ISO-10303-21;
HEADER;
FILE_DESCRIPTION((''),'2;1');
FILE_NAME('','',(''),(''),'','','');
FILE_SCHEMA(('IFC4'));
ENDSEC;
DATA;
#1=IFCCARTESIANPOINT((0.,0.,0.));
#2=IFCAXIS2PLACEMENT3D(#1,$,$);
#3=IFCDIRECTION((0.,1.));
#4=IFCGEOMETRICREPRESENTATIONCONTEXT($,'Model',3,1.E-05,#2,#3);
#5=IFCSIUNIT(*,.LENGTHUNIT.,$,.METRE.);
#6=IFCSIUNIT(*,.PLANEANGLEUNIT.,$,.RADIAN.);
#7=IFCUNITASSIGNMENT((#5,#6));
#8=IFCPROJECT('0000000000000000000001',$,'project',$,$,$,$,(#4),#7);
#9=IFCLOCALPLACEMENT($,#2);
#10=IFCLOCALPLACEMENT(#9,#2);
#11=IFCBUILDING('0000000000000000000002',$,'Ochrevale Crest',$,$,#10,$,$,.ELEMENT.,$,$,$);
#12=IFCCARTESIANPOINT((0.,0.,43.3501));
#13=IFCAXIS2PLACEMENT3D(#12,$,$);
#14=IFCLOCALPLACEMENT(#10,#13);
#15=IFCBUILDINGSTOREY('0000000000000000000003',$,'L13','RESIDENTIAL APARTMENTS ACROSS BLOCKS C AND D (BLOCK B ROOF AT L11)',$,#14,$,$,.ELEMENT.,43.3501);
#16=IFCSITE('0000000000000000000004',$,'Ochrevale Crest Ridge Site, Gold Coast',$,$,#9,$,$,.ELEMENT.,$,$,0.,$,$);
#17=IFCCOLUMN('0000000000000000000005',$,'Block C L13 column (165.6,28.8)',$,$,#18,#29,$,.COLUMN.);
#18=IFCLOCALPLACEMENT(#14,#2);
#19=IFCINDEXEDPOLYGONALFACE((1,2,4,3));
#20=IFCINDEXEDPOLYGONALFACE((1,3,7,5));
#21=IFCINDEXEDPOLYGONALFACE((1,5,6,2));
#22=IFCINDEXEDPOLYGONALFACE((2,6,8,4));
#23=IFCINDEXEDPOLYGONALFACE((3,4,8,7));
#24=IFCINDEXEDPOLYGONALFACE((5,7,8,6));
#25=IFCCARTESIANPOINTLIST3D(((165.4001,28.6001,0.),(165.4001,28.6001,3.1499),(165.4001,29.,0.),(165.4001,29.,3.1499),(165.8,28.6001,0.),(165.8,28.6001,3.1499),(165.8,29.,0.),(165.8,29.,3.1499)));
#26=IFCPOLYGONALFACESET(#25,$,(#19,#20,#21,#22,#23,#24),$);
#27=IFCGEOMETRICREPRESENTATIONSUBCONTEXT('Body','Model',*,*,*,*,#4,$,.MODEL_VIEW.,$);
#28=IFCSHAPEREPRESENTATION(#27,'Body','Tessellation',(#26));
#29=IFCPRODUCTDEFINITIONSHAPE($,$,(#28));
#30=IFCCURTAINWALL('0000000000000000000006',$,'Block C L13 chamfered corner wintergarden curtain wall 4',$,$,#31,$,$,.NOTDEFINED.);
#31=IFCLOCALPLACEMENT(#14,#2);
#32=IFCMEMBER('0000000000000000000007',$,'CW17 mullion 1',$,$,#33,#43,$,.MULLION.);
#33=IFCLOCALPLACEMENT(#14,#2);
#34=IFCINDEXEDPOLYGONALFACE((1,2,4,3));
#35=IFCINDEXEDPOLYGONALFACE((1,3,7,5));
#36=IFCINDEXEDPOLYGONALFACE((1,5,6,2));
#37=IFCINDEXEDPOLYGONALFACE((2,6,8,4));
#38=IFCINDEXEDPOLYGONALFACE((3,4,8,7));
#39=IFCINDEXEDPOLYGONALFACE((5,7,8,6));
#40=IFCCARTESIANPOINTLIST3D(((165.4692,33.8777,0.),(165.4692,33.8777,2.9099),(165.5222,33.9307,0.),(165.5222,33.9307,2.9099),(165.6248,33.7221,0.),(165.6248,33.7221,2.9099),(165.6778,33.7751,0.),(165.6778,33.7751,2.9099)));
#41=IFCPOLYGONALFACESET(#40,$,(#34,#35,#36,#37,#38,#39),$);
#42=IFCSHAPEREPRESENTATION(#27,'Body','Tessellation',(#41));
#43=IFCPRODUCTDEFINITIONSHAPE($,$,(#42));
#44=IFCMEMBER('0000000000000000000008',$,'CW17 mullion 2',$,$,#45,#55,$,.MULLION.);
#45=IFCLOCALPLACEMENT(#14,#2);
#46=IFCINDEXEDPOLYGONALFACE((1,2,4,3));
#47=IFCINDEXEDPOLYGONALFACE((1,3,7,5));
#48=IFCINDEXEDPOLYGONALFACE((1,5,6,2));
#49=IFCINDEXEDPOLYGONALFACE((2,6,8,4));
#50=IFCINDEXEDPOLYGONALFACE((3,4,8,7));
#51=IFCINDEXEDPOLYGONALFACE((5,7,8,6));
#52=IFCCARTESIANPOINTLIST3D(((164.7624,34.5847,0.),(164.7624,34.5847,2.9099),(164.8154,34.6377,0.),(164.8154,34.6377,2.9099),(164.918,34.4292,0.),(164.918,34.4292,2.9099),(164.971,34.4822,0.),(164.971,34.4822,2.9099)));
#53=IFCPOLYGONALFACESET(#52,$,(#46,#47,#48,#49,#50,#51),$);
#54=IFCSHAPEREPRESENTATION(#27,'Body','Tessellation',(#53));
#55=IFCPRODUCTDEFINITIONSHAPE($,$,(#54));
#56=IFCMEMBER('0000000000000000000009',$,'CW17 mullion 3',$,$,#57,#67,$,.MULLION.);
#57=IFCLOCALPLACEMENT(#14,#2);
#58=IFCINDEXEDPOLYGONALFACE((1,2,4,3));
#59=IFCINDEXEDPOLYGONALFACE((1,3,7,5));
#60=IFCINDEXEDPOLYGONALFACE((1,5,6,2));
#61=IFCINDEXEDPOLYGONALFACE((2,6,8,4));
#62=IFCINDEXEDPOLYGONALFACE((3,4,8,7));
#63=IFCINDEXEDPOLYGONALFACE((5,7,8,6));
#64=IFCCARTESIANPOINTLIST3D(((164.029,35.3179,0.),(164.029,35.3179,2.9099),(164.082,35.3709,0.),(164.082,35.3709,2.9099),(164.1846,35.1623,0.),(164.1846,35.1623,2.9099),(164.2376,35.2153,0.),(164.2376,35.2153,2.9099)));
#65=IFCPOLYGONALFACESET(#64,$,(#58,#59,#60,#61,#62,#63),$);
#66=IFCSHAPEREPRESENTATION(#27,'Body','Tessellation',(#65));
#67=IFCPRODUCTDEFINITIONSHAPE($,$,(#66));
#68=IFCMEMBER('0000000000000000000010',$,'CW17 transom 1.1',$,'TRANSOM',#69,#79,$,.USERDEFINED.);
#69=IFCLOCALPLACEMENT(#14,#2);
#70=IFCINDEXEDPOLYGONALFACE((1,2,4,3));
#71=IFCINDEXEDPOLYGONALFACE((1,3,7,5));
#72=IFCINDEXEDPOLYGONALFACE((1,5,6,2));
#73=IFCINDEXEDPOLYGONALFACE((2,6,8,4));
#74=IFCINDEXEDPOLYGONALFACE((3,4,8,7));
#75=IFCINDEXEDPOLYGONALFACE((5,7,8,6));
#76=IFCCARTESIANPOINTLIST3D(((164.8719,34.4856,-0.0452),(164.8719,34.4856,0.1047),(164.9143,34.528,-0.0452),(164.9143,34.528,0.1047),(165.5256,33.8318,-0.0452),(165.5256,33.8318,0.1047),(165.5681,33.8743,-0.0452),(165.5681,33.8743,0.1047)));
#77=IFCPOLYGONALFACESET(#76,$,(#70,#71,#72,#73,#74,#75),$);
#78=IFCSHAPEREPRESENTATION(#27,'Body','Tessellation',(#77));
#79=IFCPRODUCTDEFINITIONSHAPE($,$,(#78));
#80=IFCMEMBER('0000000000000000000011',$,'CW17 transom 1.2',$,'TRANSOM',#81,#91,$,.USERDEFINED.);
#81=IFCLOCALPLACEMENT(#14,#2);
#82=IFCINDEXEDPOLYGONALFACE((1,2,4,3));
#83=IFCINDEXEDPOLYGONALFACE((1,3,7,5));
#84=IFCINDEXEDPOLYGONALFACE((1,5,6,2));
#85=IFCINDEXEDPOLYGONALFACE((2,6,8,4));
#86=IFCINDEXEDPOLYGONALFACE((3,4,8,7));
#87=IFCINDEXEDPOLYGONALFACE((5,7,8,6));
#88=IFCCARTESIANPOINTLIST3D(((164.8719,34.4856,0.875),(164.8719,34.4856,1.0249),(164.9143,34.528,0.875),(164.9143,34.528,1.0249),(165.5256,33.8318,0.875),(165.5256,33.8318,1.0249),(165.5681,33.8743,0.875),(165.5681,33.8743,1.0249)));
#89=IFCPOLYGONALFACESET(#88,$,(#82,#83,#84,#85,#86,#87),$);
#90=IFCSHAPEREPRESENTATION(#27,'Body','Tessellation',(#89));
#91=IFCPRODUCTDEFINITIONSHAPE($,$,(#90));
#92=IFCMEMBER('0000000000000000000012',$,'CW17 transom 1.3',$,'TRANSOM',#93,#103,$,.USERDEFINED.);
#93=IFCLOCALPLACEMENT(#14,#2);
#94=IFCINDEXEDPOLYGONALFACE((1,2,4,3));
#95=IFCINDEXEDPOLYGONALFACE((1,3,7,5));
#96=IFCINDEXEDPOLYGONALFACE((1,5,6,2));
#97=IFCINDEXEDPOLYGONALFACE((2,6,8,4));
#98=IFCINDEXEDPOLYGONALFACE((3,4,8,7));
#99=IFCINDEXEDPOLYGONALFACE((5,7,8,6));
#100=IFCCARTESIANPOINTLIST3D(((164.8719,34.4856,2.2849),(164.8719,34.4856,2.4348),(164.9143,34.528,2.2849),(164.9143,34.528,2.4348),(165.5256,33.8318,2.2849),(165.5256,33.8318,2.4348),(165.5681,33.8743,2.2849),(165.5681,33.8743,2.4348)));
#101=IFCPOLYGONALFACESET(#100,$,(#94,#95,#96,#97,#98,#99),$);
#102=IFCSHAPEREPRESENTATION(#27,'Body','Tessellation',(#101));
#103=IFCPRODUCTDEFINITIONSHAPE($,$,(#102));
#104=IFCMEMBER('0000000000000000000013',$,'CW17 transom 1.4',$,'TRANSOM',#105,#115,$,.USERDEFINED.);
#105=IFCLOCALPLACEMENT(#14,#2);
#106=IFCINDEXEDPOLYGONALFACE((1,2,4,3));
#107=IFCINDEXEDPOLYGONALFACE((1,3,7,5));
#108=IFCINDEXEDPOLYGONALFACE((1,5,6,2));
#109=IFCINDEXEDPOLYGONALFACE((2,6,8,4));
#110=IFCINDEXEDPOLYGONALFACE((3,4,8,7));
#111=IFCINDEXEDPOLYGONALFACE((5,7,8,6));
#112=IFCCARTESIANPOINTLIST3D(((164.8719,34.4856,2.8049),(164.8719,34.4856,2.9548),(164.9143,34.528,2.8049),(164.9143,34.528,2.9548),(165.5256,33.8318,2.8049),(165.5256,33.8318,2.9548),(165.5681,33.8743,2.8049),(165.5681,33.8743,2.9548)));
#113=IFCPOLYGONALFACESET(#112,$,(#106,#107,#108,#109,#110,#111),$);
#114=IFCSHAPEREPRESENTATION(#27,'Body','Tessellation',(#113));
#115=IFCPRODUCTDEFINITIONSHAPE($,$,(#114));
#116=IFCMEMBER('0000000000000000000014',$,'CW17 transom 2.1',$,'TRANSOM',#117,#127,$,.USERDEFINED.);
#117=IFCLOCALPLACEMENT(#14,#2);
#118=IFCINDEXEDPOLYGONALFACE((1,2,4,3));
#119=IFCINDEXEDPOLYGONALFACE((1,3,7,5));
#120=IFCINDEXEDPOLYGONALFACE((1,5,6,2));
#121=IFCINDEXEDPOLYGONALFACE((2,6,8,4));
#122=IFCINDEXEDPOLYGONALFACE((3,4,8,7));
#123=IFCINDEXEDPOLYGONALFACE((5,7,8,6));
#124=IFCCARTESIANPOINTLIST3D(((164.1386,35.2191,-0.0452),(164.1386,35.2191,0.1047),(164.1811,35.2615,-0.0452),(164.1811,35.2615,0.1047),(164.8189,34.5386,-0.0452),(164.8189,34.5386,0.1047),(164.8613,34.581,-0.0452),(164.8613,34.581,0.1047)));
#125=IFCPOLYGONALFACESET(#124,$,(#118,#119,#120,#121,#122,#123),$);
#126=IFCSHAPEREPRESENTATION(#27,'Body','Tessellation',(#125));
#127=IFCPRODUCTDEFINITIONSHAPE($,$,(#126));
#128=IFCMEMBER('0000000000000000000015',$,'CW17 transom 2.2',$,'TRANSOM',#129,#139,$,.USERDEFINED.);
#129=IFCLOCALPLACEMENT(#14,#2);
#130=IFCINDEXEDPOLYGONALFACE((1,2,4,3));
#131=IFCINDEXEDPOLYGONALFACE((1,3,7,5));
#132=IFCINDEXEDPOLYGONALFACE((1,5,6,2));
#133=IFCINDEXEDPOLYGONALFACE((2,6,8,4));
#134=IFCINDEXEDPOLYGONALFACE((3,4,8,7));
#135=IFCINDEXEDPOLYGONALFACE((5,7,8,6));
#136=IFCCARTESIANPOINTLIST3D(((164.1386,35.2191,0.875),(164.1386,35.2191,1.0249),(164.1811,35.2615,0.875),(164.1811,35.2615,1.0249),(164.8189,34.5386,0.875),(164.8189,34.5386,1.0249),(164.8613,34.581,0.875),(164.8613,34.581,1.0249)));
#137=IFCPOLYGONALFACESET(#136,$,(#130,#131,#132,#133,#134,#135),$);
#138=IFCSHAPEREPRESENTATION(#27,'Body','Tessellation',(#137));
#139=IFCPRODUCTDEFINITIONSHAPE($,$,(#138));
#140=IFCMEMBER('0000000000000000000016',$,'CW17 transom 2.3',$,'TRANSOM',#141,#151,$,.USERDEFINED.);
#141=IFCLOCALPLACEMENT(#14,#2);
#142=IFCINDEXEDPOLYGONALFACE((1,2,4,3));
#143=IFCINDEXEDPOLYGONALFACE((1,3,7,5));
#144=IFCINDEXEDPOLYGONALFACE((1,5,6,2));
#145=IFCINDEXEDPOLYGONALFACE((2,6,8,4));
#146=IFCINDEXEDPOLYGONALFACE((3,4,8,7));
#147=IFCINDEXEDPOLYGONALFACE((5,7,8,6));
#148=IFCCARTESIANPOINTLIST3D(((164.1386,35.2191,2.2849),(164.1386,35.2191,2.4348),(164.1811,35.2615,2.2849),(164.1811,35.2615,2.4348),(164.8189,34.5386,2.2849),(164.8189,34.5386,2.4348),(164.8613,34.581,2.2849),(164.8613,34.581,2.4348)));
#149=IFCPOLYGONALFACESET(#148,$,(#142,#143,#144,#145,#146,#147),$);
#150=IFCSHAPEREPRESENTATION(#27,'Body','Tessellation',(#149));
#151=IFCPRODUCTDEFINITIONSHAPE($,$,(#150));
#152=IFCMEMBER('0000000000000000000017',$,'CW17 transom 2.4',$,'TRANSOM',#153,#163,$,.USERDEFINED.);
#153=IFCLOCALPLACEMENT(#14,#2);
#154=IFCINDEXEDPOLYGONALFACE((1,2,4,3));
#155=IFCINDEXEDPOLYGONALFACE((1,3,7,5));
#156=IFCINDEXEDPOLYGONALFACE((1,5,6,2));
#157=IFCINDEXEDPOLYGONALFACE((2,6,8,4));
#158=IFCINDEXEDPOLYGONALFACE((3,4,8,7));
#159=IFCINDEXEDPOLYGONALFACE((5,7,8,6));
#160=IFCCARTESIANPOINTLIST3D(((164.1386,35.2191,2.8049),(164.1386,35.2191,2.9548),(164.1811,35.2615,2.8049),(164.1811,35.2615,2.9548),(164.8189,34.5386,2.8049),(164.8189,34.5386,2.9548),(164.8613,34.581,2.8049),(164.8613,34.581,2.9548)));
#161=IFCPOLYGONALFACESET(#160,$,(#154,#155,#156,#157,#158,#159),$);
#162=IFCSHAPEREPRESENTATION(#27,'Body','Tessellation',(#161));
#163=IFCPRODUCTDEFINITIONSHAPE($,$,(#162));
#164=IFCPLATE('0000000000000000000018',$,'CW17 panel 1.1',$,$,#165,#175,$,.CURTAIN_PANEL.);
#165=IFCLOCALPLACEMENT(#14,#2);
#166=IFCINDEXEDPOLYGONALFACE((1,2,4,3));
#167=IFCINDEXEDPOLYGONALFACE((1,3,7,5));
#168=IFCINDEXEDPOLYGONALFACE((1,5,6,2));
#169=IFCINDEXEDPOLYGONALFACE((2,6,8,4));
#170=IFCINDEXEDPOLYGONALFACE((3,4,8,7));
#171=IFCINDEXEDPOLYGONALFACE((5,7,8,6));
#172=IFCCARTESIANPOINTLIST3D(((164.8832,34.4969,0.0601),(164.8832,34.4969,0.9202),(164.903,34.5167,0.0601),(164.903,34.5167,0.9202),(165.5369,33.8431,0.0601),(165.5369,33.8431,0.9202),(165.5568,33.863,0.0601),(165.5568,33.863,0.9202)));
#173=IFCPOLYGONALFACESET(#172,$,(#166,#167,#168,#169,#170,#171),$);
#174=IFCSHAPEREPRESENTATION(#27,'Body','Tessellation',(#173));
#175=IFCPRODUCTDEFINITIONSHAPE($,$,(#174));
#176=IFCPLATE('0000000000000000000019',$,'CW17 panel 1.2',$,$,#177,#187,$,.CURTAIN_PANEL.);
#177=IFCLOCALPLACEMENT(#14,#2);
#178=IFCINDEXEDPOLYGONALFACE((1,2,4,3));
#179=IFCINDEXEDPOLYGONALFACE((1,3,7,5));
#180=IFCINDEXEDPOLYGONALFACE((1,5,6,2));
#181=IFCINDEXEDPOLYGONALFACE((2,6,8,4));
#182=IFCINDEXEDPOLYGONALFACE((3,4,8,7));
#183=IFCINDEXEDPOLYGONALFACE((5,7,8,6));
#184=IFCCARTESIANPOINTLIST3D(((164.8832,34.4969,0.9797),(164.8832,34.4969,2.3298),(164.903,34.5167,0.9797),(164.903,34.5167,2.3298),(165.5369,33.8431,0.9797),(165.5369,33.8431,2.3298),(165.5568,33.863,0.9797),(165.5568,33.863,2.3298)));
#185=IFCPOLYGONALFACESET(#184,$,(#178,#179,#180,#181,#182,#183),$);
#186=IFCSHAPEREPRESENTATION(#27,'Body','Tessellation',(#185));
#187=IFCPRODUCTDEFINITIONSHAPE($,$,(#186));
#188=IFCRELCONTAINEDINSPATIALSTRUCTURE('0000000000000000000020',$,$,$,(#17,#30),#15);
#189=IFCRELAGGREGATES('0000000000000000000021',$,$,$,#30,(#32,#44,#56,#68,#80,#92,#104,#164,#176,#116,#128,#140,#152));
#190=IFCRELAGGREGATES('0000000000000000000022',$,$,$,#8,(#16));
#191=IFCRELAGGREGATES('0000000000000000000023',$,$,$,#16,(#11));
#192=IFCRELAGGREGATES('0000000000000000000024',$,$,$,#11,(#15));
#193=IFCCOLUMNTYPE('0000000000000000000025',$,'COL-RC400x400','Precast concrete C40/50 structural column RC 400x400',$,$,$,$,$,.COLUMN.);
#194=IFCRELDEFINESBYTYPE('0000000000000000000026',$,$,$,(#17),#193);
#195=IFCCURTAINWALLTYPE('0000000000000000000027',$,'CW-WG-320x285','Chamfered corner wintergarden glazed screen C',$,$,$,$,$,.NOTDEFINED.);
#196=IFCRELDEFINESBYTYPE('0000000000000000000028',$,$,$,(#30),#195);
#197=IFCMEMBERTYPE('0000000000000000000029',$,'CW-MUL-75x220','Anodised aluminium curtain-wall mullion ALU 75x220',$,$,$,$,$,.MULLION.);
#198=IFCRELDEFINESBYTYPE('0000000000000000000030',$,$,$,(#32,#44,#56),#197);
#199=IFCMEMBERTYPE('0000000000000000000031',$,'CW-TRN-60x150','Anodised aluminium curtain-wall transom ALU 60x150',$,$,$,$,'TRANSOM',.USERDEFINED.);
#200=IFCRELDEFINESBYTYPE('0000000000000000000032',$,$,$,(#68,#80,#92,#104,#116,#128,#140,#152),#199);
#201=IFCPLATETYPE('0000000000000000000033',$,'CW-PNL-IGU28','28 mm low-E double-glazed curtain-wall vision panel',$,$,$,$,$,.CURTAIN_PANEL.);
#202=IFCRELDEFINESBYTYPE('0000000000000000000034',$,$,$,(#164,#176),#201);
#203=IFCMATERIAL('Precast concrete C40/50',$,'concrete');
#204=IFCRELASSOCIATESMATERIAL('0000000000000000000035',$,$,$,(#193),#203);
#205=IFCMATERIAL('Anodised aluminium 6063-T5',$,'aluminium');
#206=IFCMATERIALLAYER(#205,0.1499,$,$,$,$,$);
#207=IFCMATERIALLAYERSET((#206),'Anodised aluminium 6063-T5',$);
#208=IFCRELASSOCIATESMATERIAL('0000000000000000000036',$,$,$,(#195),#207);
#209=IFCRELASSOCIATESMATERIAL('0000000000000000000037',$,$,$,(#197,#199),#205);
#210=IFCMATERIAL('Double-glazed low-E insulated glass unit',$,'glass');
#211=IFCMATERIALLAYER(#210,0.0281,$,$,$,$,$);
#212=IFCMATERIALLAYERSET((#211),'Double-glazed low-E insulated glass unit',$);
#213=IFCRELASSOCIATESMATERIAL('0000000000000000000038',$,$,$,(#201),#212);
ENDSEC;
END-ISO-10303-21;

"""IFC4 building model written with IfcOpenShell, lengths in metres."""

from ifc_helpers import new_model, si_unit, direction, frame, origin, origin_2d, place, context, subcontext, project, spatial, rectangle, extrude, material, layer, layer_set, material_profile, profile_set, type_object, element, aggregate, save


model = new_model("IFC4")

# Units and contexts
model_context = context("Model", 3, precision=1e-05, world=origin(), true_north=direction((0.0, 1.0)))
body_context = subcontext(model_context, "Body", "Model", "MODEL_VIEW")
ifc_project = project(units=[si_unit("LENGTHUNIT", "METRE"), si_unit("PLANEANGLEUNIT", "RADIAN")], contexts=[model_context])

# Site, building, storey
site_placement = place(None, origin())
site = spatial("IfcSite", under=ifc_project, at=site_placement, Name="Ochrevale Crest Ridge Site, Gold Coast", CompositionType="ELEMENT", RefElevation=0.0)
building_placement = place(site_placement, origin())
building = spatial("IfcBuilding", under=site, at=building_placement, Name="Ochrevale Crest", CompositionType="ELEMENT")
storey_placement = place(building_placement, frame((0.0, 0.0, 43.3501)))
storey = spatial("IfcBuildingStorey", under=building, at=storey_placement, Name="L13", Description="RESIDENTIAL APARTMENTS ACROSS BLOCKS C AND D (BLOCK B ROOF AT L11)", CompositionType="ELEMENT", Elevation=43.3501)

# Column
ifc_material_1 = material(Name="Precast concrete C40/50", Category="concrete")
ifc_material_profile_1 = material_profile(ifc_material_1, rectangle(XDim=0.3999, YDim=0.3999, at=origin_2d()), Name="RC 400x400")
ifc_profile_set_1 = profile_set([ifc_material_profile_1], Name="Precast concrete C40/50")
column_type = type_object("IfcColumnType", Name="COL-RC400x400", Description="Precast concrete C40/50 structural column RC 400x400", PredefinedType="COLUMN", material=ifc_profile_set_1)
column_placement = place(storey_placement, frame((165.6001, 28.8, 0.0), z_axis=(0.0, 0.0, 1.0), x_axis=(1.0, 0.0, 0.0)))
element("IfcColumn", 1, at=column_placement, inside=storey, type_object=column_type, Name="Block C L13 column (165.6,28.8)", PredefinedType="COLUMN", context=body_context, shape_type="SweptSolid", body=[
    extrude(rectangle(XDim=0.3999, YDim=0.3999, at=origin_2d()), origin(), (0.0, 0.0, 1.0), 3.1499),
])

# Curtain wall, members, plates
ifc_material_2 = material(Name="Anodised aluminium 6063-T5", Category="aluminium")
ifc_layer_1 = layer(ifc_material_2, 0.1499)
ifc_layer_set_1 = layer_set([ifc_layer_1], Name="Anodised aluminium 6063-T5")
curtain_wall_type = type_object("IfcCurtainWallType", Name="CW-WG-320x285", Description="Chamfered corner wintergarden glazed screen C", PredefinedType="NOTDEFINED", material=ifc_layer_set_1)
curtain_wall_placement = place(storey_placement, origin())
curtain_wall = element("IfcCurtainWall", 2, at=curtain_wall_placement, inside=storey, type_object=curtain_wall_type, Name="Block C L13 chamfered corner wintergarden curtain wall 4", PredefinedType="NOTDEFINED")
ifc_material_profile_2 = material_profile(ifc_material_2, rectangle(XDim=0.075, YDim=0.22, at=origin_2d()), Name="ALU 75x220")
ifc_profile_set_2 = profile_set([ifc_material_profile_2], Name="Anodised aluminium 6063-T5")
member_type_1 = type_object("IfcMemberType", Name="CW-MUL-75x220", Description="Anodised aluminium curtain-wall mullion ALU 75x220", PredefinedType="MULLION", material=ifc_profile_set_2)
member_1_placement = place(storey_placement, frame((165.5735, 33.8264, 0.0), z_axis=(0.0, 0.0, 1.0), x_axis=(-0.707107, -0.707107, 0.0)))
member_1 = element("IfcMember", 3, at=member_1_placement, type_object=member_type_1, Name="CW17 mullion 1", PredefinedType="MULLION", context=body_context, shape_type="SweptSolid", body=[
    extrude(rectangle(XDim=0.075, YDim=0.22, at=origin_2d()), origin(), (0.0, 0.0, 1.0), 2.9099),
])
member_2_placement = place(storey_placement, frame((164.8667, 34.5334, 0.0), z_axis=(0.0, 0.0, 1.0), x_axis=(-0.707107, -0.707107, 0.0)))
member_2 = element("IfcMember", 4, at=member_2_placement, type_object=member_type_1, Name="CW17 mullion 2", PredefinedType="MULLION", context=body_context, shape_type="SweptSolid", body=[
    extrude(rectangle(XDim=0.075, YDim=0.22, at=origin_2d()), origin(), (0.0, 0.0, 1.0), 2.9099),
])
member_3_placement = place(storey_placement, frame((164.1333, 35.2666, 0.0), z_axis=(0.0, 0.0, 1.0), x_axis=(-0.707107, -0.707107, 0.0)))
member_3 = element("IfcMember", 5, at=member_3_placement, type_object=member_type_1, Name="CW17 mullion 3", PredefinedType="MULLION", context=body_context, shape_type="SweptSolid", body=[
    extrude(rectangle(XDim=0.075, YDim=0.22, at=origin_2d()), origin(), (0.0, 0.0, 1.0), 2.9099),
])
ifc_material_profile_3 = material_profile(ifc_material_2, rectangle(XDim=0.0601, YDim=0.1499, at=origin_2d()), Name="ALU 60x150")
ifc_profile_set_3 = profile_set([ifc_material_profile_3], Name="Anodised aluminium 6063-T5")
member_type_2 = type_object("IfcMemberType", Name="CW-TRN-60x150", Description="Anodised aluminium curtain-wall transom ALU 60x150", ElementType="TRANSOM", PredefinedType="USERDEFINED", material=ifc_profile_set_3)
member_4_placement = place(storey_placement, frame((165.5469, 33.853, 0.0298), z_axis=(-0.707107, 0.707107, 0.0), x_axis=(-0.707107, -0.707107, 0.0)))
member_4 = element("IfcMember", 6, at=member_4_placement, type_object=member_type_2, Name="CW17 transom 1.1", ObjectType="TRANSOM", PredefinedType="USERDEFINED", context=body_context, shape_type="SweptSolid", body=[
    extrude(rectangle(XDim=0.0601, YDim=0.1499, at=origin_2d()), origin(), (0.0, 0.0, 1.0), 0.9246),
])
member_5_placement = place(storey_placement, frame((165.5469, 33.853, 0.95), z_axis=(-0.707107, 0.707107, 0.0), x_axis=(-0.707107, -0.707107, 0.0)))
member_5 = element("IfcMember", 7, at=member_5_placement, type_object=member_type_2, Name="CW17 transom 1.2", ObjectType="TRANSOM", PredefinedType="USERDEFINED", context=body_context, shape_type="SweptSolid", body=[
    extrude(rectangle(XDim=0.0601, YDim=0.1499, at=origin_2d()), origin(), (0.0, 0.0, 1.0), 0.9246),
])
member_6_placement = place(storey_placement, frame((165.5469, 33.853, 2.3599), z_axis=(-0.707107, 0.707107, 0.0), x_axis=(-0.707107, -0.707107, 0.0)))
member_6 = element("IfcMember", 8, at=member_6_placement, type_object=member_type_2, Name="CW17 transom 1.3", ObjectType="TRANSOM", PredefinedType="USERDEFINED", context=body_context, shape_type="SweptSolid", body=[
    extrude(rectangle(XDim=0.0601, YDim=0.1499, at=origin_2d()), origin(), (0.0, 0.0, 1.0), 0.9246),
])
member_7_placement = place(storey_placement, frame((165.5469, 33.853, 2.8799), z_axis=(-0.707107, 0.707107, 0.0), x_axis=(-0.707107, -0.707107, 0.0)))
member_7 = element("IfcMember", 9, at=member_7_placement, type_object=member_type_2, Name="CW17 transom 1.4", ObjectType="TRANSOM", PredefinedType="USERDEFINED", context=body_context, shape_type="SweptSolid", body=[
    extrude(rectangle(XDim=0.0601, YDim=0.1499, at=origin_2d()), origin(), (0.0, 0.0, 1.0), 0.9246),
])
member_8_placement = place(storey_placement, frame((164.8401, 34.5598, 0.0298), z_axis=(-0.70698, 0.707234, 0.0), x_axis=(-0.707234, -0.70698, 0.0)))
member_8 = element("IfcMember", 10, at=member_8_placement, type_object=member_type_2, Name="CW17 transom 2.1", ObjectType="TRANSOM", PredefinedType="USERDEFINED", context=body_context, shape_type="SweptSolid", body=[
    extrude(rectangle(XDim=0.0601, YDim=0.1499, at=origin_2d()), origin(), (0.0, 0.0, 1.0), 0.9622),
])
member_9_placement = place(storey_placement, frame((164.8401, 34.5598, 0.95), z_axis=(-0.70698, 0.707234, 0.0), x_axis=(-0.707234, -0.70698, 0.0)))
member_9 = element("IfcMember", 11, at=member_9_placement, type_object=member_type_2, Name="CW17 transom 2.2", ObjectType="TRANSOM", PredefinedType="USERDEFINED", context=body_context, shape_type="SweptSolid", body=[
    extrude(rectangle(XDim=0.0601, YDim=0.1499, at=origin_2d()), origin(), (0.0, 0.0, 1.0), 0.9622),
])
member_10_placement = place(storey_placement, frame((164.8401, 34.5598, 2.3599), z_axis=(-0.70698, 0.707234, 0.0), x_axis=(-0.707234, -0.70698, 0.0)))
member_10 = element("IfcMember", 12, at=member_10_placement, type_object=member_type_2, Name="CW17 transom 2.3", ObjectType="TRANSOM", PredefinedType="USERDEFINED", context=body_context, shape_type="SweptSolid", body=[
    extrude(rectangle(XDim=0.0601, YDim=0.1499, at=origin_2d()), origin(), (0.0, 0.0, 1.0), 0.9622),
])
member_11_placement = place(storey_placement, frame((164.8401, 34.5598, 2.8799), z_axis=(-0.70698, 0.707234, 0.0), x_axis=(-0.707234, -0.70698, 0.0)))
member_11 = element("IfcMember", 13, at=member_11_placement, type_object=member_type_2, Name="CW17 transom 2.4", ObjectType="TRANSOM", PredefinedType="USERDEFINED", context=body_context, shape_type="SweptSolid", body=[
    extrude(rectangle(XDim=0.0601, YDim=0.1499, at=origin_2d()), origin(), (0.0, 0.0, 1.0), 0.9622),
])
ifc_material_3 = material(Name="Double-glazed low-E insulated glass unit", Category="glass")
ifc_layer_2 = layer(ifc_material_3, 0.0281)
ifc_layer_set_2 = layer_set([ifc_layer_2], Name="Double-glazed low-E insulated glass unit")
plate_type = type_object("IfcPlateType", Name="CW-PNL-IGU28", Description="28 mm low-E double-glazed curtain-wall vision panel", PredefinedType="CURTAIN_PANEL", material=ifc_layer_set_2)
plate_1_placement = place(storey_placement, frame((165.22, 34.1799, 0.0601), z_axis=(0.0, 0.0, 1.0), x_axis=(-0.707107, 0.707107, 0.0)))
plate_1 = element("IfcPlate", 14, at=plate_1_placement, type_object=plate_type, Name="CW17 panel 1.1", PredefinedType="CURTAIN_PANEL", context=body_context, shape_type="SweptSolid", body=[
    extrude(rectangle(XDim=0.9246, YDim=0.0281, at=origin_2d()), origin(), (0.0, 0.0, 1.0), 0.8601),
])
plate_2_placement = place(storey_placement, frame((165.22, 34.1799, 0.9797), z_axis=(0.0, 0.0, 1.0), x_axis=(-0.707107, 0.707107, 0.0)))
plate_2 = element("IfcPlate", 15, at=plate_2_placement, type_object=plate_type, Name="CW17 panel 1.2", PredefinedType="CURTAIN_PANEL", context=body_context, shape_type="SweptSolid", body=[
    extrude(rectangle(XDim=0.9246, YDim=0.0281, at=origin_2d()), origin(), (0.0, 0.0, 1.0), 1.3501),
])
aggregate(curtain_wall, [member_1, member_2, member_3, member_4, member_5, member_6, member_7, plate_1, plate_2, member_8, member_9, member_10, member_11])

save(model, "model.ifc")
